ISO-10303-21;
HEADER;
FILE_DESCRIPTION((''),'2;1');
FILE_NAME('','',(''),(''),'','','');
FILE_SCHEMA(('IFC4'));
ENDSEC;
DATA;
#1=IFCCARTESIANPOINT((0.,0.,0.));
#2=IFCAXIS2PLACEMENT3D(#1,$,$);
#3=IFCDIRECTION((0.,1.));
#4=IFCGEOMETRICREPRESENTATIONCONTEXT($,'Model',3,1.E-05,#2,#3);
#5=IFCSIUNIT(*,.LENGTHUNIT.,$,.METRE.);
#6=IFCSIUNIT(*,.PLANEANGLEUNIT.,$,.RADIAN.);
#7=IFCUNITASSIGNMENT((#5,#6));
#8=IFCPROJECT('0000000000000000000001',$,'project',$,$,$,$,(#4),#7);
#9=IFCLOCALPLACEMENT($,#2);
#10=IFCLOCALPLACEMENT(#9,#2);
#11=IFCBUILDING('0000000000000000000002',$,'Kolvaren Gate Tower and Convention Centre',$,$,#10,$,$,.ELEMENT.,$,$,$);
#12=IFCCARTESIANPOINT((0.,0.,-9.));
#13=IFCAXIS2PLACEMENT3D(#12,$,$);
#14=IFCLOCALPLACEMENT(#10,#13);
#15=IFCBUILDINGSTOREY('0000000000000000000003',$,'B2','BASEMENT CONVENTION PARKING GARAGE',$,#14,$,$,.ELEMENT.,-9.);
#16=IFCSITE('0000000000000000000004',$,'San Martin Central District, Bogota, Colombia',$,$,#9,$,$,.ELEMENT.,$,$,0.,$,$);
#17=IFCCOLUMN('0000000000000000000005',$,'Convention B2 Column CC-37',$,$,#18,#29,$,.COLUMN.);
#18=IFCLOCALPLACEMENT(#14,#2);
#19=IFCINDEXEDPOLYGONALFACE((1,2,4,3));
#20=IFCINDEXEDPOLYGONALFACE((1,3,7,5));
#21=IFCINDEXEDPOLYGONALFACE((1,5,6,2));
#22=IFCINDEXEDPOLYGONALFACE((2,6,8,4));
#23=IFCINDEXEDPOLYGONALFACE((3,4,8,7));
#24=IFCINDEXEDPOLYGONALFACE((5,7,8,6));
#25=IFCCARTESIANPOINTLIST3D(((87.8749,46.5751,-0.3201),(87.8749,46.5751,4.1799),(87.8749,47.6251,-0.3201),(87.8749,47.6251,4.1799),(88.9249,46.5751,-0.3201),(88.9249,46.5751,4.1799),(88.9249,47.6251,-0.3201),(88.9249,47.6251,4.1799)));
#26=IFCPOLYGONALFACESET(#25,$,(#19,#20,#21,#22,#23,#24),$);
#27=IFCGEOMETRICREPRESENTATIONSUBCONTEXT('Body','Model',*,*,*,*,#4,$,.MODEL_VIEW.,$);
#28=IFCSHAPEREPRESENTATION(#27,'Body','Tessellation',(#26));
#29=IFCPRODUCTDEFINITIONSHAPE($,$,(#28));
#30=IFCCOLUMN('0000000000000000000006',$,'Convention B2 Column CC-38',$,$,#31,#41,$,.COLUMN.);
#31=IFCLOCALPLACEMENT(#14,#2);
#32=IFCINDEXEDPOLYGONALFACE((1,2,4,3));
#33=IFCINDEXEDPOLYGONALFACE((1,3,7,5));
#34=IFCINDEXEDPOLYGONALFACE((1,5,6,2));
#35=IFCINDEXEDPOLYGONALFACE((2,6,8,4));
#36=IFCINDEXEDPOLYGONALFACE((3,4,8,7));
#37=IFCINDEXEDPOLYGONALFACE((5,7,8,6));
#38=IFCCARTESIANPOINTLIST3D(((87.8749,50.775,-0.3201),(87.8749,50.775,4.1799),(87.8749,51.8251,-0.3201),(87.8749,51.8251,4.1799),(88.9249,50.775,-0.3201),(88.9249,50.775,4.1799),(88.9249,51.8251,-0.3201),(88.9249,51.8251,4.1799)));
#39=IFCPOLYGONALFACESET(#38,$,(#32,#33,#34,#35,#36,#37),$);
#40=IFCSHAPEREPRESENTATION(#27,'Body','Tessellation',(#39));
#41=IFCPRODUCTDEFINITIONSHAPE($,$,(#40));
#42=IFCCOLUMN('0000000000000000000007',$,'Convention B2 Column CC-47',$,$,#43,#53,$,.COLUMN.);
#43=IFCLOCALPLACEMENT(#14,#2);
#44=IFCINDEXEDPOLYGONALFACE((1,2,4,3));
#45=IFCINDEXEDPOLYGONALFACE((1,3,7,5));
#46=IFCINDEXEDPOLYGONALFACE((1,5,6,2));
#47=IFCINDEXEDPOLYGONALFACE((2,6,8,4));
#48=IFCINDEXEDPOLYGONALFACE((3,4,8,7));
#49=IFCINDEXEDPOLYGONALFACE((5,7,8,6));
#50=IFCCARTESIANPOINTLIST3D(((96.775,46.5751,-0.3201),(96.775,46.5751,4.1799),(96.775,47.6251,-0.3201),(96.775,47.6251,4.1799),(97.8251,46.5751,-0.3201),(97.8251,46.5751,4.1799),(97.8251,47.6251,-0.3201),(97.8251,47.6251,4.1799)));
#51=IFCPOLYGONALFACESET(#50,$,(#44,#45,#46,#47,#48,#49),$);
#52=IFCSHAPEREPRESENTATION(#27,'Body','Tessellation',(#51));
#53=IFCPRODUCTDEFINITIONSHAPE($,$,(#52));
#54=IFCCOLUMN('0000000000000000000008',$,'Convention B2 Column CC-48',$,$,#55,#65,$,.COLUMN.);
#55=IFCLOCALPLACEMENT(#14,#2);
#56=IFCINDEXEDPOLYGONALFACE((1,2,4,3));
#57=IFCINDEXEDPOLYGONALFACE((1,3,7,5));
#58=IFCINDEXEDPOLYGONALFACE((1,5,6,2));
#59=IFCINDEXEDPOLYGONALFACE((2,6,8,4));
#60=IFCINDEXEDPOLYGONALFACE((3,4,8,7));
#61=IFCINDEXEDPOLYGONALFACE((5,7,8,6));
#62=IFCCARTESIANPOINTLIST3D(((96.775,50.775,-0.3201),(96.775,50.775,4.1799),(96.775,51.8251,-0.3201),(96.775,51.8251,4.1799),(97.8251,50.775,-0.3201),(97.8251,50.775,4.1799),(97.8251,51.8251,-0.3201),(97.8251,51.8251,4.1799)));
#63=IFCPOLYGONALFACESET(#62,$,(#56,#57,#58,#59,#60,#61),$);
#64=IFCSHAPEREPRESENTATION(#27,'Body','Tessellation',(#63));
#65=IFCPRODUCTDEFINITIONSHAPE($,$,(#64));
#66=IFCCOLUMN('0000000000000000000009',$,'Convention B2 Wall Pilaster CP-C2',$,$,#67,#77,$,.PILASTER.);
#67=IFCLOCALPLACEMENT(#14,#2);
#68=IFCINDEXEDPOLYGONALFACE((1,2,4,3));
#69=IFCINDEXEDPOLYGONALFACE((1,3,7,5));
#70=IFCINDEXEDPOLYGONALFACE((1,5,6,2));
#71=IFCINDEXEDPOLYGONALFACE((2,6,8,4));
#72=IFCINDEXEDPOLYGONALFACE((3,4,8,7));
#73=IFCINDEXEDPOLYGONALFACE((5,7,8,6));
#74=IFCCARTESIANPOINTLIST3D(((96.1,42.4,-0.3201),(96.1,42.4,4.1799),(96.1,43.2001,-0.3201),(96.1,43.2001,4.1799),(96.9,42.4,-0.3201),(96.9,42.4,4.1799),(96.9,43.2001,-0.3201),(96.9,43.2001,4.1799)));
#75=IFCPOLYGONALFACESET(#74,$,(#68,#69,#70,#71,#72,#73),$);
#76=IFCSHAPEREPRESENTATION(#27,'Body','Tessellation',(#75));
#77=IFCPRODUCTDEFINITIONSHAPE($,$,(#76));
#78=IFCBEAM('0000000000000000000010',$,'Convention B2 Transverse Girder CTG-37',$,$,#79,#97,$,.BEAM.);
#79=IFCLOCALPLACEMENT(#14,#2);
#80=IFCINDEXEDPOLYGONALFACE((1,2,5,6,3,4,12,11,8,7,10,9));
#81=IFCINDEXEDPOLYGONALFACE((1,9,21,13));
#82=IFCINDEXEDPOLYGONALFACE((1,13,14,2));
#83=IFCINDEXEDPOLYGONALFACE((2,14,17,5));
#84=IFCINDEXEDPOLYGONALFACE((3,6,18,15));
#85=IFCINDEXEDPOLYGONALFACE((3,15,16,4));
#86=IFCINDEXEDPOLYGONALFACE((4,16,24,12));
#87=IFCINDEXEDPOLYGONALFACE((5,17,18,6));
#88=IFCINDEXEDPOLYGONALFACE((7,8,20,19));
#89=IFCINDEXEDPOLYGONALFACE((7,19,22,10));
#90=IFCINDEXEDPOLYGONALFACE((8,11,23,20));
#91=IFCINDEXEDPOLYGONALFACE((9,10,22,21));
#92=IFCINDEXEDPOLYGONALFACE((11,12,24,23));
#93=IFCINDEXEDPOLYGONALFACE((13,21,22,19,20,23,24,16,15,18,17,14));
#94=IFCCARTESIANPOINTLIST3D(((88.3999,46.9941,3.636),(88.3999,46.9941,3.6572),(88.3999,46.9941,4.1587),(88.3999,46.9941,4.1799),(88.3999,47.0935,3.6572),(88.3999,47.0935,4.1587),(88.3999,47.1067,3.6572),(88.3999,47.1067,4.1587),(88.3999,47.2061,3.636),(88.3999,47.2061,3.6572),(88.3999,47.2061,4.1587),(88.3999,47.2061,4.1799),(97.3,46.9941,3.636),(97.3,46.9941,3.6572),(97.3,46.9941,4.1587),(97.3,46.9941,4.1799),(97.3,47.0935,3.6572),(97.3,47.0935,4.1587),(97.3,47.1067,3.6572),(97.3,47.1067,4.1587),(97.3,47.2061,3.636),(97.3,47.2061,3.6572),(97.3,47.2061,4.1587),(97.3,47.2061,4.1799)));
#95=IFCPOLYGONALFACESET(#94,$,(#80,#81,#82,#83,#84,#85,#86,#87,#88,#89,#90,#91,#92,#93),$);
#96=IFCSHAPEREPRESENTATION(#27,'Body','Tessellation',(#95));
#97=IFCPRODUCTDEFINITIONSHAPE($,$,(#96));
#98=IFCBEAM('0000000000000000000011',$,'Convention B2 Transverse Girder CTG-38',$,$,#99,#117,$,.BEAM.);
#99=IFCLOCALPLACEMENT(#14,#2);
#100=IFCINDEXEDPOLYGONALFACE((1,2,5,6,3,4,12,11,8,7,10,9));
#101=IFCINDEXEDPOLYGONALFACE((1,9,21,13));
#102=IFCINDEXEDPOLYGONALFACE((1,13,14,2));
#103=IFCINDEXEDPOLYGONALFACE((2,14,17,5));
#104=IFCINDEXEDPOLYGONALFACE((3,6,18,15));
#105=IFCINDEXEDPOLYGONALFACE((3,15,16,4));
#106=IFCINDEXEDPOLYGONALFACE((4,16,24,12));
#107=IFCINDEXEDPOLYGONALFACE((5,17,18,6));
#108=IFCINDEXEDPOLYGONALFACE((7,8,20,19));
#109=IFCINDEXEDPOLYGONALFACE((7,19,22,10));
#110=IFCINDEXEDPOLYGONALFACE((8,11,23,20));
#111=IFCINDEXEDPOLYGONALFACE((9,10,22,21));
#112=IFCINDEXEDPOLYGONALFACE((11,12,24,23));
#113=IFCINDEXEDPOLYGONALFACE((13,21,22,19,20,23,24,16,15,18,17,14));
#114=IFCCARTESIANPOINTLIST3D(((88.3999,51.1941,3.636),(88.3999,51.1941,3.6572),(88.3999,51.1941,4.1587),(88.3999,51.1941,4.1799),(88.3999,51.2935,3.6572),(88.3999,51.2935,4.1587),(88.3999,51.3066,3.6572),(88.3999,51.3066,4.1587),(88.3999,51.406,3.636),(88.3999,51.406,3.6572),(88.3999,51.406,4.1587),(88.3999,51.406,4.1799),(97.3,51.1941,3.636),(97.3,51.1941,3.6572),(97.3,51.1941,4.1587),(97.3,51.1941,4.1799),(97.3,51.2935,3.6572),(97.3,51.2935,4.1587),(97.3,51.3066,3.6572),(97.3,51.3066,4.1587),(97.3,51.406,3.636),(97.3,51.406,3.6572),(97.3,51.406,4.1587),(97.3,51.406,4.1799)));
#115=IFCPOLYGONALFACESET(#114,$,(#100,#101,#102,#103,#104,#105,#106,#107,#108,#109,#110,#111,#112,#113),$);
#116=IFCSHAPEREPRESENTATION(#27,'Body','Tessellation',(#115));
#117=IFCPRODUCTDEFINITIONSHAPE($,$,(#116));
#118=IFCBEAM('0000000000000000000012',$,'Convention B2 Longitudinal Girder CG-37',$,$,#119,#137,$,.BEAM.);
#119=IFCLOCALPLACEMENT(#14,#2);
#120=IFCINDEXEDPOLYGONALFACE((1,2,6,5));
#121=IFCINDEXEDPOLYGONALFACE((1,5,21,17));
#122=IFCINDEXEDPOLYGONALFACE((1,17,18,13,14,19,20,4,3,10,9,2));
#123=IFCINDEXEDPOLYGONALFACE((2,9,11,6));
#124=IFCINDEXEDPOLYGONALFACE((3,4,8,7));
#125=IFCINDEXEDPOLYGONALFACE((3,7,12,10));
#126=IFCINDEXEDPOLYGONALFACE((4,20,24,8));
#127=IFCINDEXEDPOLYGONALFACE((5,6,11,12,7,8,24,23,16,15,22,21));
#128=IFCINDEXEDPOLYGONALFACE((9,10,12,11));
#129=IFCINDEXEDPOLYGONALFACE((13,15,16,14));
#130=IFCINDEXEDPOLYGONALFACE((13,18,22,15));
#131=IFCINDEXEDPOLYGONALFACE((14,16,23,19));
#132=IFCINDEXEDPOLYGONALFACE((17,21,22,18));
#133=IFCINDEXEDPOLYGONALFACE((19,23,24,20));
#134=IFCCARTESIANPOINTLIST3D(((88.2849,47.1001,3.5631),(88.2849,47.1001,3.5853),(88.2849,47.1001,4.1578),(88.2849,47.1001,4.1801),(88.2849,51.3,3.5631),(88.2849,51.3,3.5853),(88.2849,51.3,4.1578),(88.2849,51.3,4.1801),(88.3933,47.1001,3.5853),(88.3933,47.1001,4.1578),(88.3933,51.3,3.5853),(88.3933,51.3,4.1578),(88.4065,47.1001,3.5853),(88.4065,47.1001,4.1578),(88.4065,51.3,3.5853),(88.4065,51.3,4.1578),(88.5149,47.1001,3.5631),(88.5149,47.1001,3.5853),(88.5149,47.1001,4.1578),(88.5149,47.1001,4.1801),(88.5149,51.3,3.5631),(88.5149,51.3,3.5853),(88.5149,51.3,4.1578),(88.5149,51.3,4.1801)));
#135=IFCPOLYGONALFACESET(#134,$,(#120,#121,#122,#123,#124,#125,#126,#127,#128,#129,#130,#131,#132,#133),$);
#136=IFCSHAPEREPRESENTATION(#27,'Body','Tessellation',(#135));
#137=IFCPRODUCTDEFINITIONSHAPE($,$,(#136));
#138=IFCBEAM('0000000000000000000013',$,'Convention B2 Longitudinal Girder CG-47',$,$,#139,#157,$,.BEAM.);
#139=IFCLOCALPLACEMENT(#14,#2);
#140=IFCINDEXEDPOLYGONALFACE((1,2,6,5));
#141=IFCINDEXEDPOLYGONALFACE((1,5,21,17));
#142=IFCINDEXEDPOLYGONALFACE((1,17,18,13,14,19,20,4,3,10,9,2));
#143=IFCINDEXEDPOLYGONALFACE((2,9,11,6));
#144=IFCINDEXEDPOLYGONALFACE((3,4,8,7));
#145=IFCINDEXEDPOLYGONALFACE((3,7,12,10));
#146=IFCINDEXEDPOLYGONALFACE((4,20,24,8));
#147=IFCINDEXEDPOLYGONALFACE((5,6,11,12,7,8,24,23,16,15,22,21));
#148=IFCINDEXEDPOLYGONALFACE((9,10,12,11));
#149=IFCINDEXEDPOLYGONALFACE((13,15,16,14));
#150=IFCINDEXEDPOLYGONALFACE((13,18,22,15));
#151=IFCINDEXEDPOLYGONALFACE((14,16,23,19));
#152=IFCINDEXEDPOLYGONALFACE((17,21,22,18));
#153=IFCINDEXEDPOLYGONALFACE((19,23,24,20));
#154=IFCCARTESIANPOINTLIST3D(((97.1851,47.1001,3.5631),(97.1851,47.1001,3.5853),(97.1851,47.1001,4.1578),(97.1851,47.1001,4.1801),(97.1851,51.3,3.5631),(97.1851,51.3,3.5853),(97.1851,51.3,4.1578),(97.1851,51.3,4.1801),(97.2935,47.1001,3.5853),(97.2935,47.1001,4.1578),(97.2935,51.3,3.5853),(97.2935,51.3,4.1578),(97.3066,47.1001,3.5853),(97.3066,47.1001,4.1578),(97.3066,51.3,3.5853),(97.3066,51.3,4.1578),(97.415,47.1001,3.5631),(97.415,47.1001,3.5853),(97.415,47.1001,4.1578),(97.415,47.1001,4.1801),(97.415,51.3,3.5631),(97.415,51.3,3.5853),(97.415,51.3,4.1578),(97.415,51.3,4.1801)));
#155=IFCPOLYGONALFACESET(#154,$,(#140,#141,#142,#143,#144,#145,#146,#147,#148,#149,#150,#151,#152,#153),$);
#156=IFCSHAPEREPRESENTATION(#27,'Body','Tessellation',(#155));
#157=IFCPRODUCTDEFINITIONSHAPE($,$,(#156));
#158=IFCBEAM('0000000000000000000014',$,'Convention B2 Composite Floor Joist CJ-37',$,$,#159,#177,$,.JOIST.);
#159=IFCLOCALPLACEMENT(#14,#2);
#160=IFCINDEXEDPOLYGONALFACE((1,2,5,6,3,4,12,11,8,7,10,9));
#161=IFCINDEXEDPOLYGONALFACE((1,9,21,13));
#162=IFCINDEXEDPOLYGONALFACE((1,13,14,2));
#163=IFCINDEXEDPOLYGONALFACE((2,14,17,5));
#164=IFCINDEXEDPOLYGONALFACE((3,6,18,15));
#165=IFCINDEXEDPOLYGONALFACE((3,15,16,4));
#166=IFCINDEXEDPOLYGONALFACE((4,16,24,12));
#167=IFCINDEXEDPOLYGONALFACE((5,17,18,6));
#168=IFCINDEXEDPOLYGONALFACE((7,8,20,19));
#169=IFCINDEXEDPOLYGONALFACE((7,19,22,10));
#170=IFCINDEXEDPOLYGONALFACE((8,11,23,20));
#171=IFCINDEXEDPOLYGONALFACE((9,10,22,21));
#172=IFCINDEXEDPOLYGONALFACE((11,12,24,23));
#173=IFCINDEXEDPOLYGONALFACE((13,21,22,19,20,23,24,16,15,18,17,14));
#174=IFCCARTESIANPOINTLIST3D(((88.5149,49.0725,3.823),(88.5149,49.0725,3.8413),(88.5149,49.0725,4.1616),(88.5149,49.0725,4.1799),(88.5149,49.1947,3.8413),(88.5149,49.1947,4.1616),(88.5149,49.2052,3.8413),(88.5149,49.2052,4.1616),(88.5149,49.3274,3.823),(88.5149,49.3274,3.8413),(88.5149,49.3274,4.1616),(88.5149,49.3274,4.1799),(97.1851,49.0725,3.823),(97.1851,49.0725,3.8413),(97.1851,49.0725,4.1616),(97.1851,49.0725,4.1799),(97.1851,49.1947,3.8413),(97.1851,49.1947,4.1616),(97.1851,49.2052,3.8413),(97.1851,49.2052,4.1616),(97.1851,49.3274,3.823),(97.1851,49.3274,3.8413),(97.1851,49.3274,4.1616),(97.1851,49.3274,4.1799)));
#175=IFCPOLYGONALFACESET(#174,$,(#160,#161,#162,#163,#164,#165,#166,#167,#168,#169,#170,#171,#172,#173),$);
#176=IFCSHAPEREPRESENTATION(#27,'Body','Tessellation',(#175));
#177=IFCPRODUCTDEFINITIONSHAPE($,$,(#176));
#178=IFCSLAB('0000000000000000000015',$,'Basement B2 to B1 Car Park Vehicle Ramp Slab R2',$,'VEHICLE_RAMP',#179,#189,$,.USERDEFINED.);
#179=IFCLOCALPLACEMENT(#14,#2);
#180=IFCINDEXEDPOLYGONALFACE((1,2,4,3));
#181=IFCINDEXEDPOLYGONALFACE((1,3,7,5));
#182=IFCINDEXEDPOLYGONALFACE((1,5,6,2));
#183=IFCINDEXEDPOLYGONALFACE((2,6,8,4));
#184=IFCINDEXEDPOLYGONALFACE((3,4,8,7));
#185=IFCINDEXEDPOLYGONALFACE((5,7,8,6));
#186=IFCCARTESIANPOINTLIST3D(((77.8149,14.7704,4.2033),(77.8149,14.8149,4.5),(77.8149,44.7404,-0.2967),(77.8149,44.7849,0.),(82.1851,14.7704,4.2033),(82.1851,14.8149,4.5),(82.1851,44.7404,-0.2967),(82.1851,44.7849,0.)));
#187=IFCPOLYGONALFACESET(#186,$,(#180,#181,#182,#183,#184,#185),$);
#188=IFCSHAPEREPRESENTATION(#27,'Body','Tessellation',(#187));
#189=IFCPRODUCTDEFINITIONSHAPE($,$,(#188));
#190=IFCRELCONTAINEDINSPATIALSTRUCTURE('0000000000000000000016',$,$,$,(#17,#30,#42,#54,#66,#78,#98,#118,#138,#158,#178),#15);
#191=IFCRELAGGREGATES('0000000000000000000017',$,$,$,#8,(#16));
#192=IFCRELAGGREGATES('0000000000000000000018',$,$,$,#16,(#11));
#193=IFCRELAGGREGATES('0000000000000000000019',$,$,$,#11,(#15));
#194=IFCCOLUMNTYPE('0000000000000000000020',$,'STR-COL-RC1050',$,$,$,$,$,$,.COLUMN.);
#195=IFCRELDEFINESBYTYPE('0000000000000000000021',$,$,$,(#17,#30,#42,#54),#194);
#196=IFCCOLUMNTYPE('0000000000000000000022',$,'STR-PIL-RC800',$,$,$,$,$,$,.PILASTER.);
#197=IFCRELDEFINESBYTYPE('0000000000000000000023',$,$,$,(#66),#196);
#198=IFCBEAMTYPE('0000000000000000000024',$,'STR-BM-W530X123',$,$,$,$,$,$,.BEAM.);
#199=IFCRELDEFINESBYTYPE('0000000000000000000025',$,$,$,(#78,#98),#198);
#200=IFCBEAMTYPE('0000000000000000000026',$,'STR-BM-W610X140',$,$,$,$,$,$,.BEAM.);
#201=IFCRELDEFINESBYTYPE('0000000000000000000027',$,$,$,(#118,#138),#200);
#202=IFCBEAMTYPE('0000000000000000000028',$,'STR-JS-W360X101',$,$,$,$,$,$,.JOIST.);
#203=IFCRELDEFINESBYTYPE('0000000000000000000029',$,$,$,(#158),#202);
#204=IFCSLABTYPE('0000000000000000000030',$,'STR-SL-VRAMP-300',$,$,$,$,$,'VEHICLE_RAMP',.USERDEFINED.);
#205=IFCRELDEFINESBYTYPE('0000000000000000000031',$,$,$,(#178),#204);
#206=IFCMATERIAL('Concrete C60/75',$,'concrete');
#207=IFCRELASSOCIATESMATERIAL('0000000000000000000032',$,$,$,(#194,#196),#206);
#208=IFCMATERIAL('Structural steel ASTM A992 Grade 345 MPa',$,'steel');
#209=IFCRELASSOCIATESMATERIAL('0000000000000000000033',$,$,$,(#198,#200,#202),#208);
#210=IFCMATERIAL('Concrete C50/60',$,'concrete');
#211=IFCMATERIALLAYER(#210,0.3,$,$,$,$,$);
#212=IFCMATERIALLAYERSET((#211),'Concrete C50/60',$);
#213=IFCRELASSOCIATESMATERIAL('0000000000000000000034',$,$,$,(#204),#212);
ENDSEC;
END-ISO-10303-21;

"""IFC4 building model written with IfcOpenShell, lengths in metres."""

from ifc_helpers import new_model, si_unit, direction, frame, origin, origin_2d, place, context, subcontext, project, spatial, polyline, rectangle, i_section, outline, extrude, material, layer, layer_set, material_profile, profile_set, type_object, element, save


model = new_model("IFC4")

# Units and contexts
model_context = context("Model", 3, precision=1e-05, world=origin(), true_north=direction((0.0, 1.0)))
body_context = subcontext(model_context, "Body", "Model", "MODEL_VIEW")
ifc_project = project(units=[si_unit("LENGTHUNIT", "METRE"), si_unit("PLANEANGLEUNIT", "RADIAN")], contexts=[model_context])

# Site, building, storey
site_placement = place(None, origin())
site = spatial("IfcSite", under=ifc_project, at=site_placement, Name="San Martin Central District, Bogota, Colombia", CompositionType="ELEMENT", RefElevation=0.0)
building_placement = place(site_placement, origin())
building = spatial("IfcBuilding", under=site, at=building_placement, Name="Kolvaren Gate Tower and Convention Centre", CompositionType="ELEMENT")
storey_placement = place(building_placement, frame((0.0, 0.0, -9.0)))
storey = spatial("IfcBuildingStorey", under=building, at=storey_placement, Name="B2", Description="BASEMENT CONVENTION PARKING GARAGE", CompositionType="ELEMENT", Elevation=-9.0)

# Columns
ifc_material_1 = material(Name="Concrete C60/75", Category="concrete")
ifc_material_profile_1 = material_profile(ifc_material_1, rectangle(XDim=1.05, YDim=1.05, at=origin_2d()), Name="RC-COL-1050X1050")
ifc_profile_set_1 = profile_set([ifc_material_profile_1], Name="Concrete C60/75")
column_type_1 = type_object("IfcColumnType", Name="STR-COL-RC1050", PredefinedType="COLUMN", material=ifc_profile_set_1)
for number, where, z_axis, x_axis, name in (
    (1, (88.3999, 47.1001, -0.3201), (0.0, 0.0, 1.0), (1.0, 0.0, 0.0), "Convention B2 Column CC-37"),
    (2, (88.3999, 51.3, -0.3201), (0.0, 0.0, 1.0), (1.0, 0.0, 0.0), "Convention B2 Column CC-38"),
    (3, (97.3, 47.1001, -0.3201), (0.0, 0.0, 1.0), (1.0, 0.0, 0.0), "Convention B2 Column CC-47"),
    (4, (97.3, 51.3, -0.3201), (0.0, 0.0, 1.0), (1.0, 0.0, 0.0), "Convention B2 Column CC-48"),
):
    element("IfcColumn", number, at=place(storey_placement, frame(where, z_axis=z_axis, x_axis=x_axis)), inside=storey, type_object=column_type_1, Name=name, PredefinedType="COLUMN", context=body_context, shape_type="SweptSolid", body=[
        extrude(rectangle(XDim=1.05, YDim=1.05, at=origin_2d()), origin(), (0.0, 0.0, 1.0), 4.5),
    ])
ifc_material_profile_2 = material_profile(ifc_material_1, rectangle(XDim=0.8, YDim=0.8, at=origin_2d()), Name="RC-COL-800X800")
ifc_profile_set_2 = profile_set([ifc_material_profile_2], Name="Concrete C60/75")
column_type_2 = type_object("IfcColumnType", Name="STR-PIL-RC800", PredefinedType="PILASTER", material=ifc_profile_set_2)
column_placement = place(storey_placement, frame((96.5, 42.8, -0.3201), z_axis=(0.0, 0.0, 1.0), x_axis=(1.0, 0.0, 0.0)))
element("IfcColumn", 5, at=column_placement, inside=storey, type_object=column_type_2, Name="Convention B2 Wall Pilaster CP-C2", PredefinedType="PILASTER", context=body_context, shape_type="SweptSolid", body=[
    extrude(rectangle(XDim=0.8, YDim=0.8, at=origin_2d()), origin(), (0.0, 0.0, 1.0), 4.5),
])

# Beams
ifc_material_2 = material(Name="Structural steel ASTM A992 Grade 345 MPa", Category="steel")
ifc_material_profile_3 = material_profile(ifc_material_2, i_section(OverallWidth=0.2119, OverallDepth=0.5439, WebThickness=0.0132, FlangeThickness=0.0212, at=origin_2d()), Name="W530X123")
ifc_profile_set_3 = profile_set([ifc_material_profile_3], Name="Structural steel ASTM A992 Grade 345 MPa")
beam_type_1 = type_object("IfcBeamType", Name="STR-BM-W530X123", PredefinedType="BEAM", material=ifc_profile_set_3)
for number, where, z_axis, x_axis, name in (
    (6, (88.3999, 47.1001, 3.908), (1.0, 0.0, 0.0), (0.0, 1.0, 0.0), "Convention B2 Transverse Girder CTG-37"),
    (7, (88.3999, 51.3, 3.908), (1.0, 0.0, 0.0), (0.0, 1.0, 0.0), "Convention B2 Transverse Girder CTG-38"),
):
    element("IfcBeam", number, at=place(storey_placement, frame(where, z_axis=z_axis, x_axis=x_axis)), inside=storey, type_object=beam_type_1, Name=name, PredefinedType="BEAM", context=body_context, shape_type="SweptSolid", body=[
        extrude(i_section(OverallWidth=0.2119, OverallDepth=0.5439, WebThickness=0.0132, FlangeThickness=0.0212, at=origin_2d()), origin(), (0.0, 0.0, 1.0), 8.9001),
    ])
ifc_material_profile_4 = material_profile(ifc_material_2, i_section(OverallWidth=0.23, OverallDepth=0.6169, WebThickness=0.0132, FlangeThickness=0.0222, at=origin_2d()), Name="W610X140")
ifc_profile_set_4 = profile_set([ifc_material_profile_4], Name="Structural steel ASTM A992 Grade 345 MPa")
beam_type_2 = type_object("IfcBeamType", Name="STR-BM-W610X140", PredefinedType="BEAM", material=ifc_profile_set_4)
for number, where, z_axis, x_axis, name in (
    (8, (88.3999, 47.1001, 3.8716), (0.0, 1.0, 0.0), (-1.0, 0.0, 0.0), "Convention B2 Longitudinal Girder CG-37"),
    (9, (97.3, 47.1001, 3.8716), (0.0, 1.0, 0.0), (-1.0, 0.0, 0.0), "Convention B2 Longitudinal Girder CG-47"),
):
    element("IfcBeam", number, at=place(storey_placement, frame(where, z_axis=z_axis, x_axis=x_axis)), inside=storey, type_object=beam_type_2, Name=name, PredefinedType="BEAM", context=body_context, shape_type="SweptSolid", body=[
        extrude(i_section(OverallWidth=0.23, OverallDepth=0.6169, WebThickness=0.0132, FlangeThickness=0.0222, at=origin_2d()), origin(), (0.0, 0.0, 1.0), 4.2),
    ])
ifc_material_profile_5 = material_profile(ifc_material_2, i_section(OverallWidth=0.2549, OverallDepth=0.3569, WebThickness=0.0105, FlangeThickness=0.0183, at=origin_2d()), Name="W360X101")
ifc_profile_set_5 = profile_set([ifc_material_profile_5], Name="Structural steel ASTM A992 Grade 345 MPa")
beam_type_3 = type_object("IfcBeamType", Name="STR-JS-W360X101", PredefinedType="JOIST", material=ifc_profile_set_5)
beam_placement = place(storey_placement, frame((88.5149, 49.2, 4.0015), z_axis=(1.0, 0.0, 0.0), x_axis=(0.0, 1.0, 0.0)))
element("IfcBeam", 10, at=beam_placement, inside=storey, type_object=beam_type_3, Name="Convention B2 Composite Floor Joist CJ-37", PredefinedType="JOIST", context=body_context, shape_type="SweptSolid", body=[
    extrude(i_section(OverallWidth=0.2549, OverallDepth=0.3569, WebThickness=0.0105, FlangeThickness=0.0183, at=origin_2d()), origin(), (0.0, 0.0, 1.0), 8.6702),
])

# Slab
ifc_material_3 = material(Name="Concrete C50/60", Category="concrete")
ifc_layer_1 = layer(ifc_material_3, 0.3)
ifc_layer_set_1 = layer_set([ifc_layer_1], Name="Concrete C50/60")
slab_type = type_object("IfcSlabType", Name="STR-SL-VRAMP-300", ElementType="VEHICLE_RAMP", PredefinedType="USERDEFINED", material=ifc_layer_set_1)
slab_placement = place(storey_placement, frame((77.8149, 44.7849, 0.0), z_axis=(0.0, 0.148486, 0.988915), x_axis=(1.0, 0.0, 0.0)))
element("IfcSlab", 11, at=slab_placement, inside=storey, type_object=slab_type, Name="Basement B2 to B1 Car Park Vehicle Ramp Slab R2", ObjectType="VEHICLE_RAMP", PredefinedType="USERDEFINED", context=body_context, shape_type="SweptSolid", body=[
    extrude(outline(polyline([(0.0, 0.0), (4.3701, 0.0), (4.3701, -30.3059), (0.0, -30.3059), (0.0, 0.0)])), origin(), (0.0, 0.0, -1.0), 0.3),
])

save(model, "model.ifc")
